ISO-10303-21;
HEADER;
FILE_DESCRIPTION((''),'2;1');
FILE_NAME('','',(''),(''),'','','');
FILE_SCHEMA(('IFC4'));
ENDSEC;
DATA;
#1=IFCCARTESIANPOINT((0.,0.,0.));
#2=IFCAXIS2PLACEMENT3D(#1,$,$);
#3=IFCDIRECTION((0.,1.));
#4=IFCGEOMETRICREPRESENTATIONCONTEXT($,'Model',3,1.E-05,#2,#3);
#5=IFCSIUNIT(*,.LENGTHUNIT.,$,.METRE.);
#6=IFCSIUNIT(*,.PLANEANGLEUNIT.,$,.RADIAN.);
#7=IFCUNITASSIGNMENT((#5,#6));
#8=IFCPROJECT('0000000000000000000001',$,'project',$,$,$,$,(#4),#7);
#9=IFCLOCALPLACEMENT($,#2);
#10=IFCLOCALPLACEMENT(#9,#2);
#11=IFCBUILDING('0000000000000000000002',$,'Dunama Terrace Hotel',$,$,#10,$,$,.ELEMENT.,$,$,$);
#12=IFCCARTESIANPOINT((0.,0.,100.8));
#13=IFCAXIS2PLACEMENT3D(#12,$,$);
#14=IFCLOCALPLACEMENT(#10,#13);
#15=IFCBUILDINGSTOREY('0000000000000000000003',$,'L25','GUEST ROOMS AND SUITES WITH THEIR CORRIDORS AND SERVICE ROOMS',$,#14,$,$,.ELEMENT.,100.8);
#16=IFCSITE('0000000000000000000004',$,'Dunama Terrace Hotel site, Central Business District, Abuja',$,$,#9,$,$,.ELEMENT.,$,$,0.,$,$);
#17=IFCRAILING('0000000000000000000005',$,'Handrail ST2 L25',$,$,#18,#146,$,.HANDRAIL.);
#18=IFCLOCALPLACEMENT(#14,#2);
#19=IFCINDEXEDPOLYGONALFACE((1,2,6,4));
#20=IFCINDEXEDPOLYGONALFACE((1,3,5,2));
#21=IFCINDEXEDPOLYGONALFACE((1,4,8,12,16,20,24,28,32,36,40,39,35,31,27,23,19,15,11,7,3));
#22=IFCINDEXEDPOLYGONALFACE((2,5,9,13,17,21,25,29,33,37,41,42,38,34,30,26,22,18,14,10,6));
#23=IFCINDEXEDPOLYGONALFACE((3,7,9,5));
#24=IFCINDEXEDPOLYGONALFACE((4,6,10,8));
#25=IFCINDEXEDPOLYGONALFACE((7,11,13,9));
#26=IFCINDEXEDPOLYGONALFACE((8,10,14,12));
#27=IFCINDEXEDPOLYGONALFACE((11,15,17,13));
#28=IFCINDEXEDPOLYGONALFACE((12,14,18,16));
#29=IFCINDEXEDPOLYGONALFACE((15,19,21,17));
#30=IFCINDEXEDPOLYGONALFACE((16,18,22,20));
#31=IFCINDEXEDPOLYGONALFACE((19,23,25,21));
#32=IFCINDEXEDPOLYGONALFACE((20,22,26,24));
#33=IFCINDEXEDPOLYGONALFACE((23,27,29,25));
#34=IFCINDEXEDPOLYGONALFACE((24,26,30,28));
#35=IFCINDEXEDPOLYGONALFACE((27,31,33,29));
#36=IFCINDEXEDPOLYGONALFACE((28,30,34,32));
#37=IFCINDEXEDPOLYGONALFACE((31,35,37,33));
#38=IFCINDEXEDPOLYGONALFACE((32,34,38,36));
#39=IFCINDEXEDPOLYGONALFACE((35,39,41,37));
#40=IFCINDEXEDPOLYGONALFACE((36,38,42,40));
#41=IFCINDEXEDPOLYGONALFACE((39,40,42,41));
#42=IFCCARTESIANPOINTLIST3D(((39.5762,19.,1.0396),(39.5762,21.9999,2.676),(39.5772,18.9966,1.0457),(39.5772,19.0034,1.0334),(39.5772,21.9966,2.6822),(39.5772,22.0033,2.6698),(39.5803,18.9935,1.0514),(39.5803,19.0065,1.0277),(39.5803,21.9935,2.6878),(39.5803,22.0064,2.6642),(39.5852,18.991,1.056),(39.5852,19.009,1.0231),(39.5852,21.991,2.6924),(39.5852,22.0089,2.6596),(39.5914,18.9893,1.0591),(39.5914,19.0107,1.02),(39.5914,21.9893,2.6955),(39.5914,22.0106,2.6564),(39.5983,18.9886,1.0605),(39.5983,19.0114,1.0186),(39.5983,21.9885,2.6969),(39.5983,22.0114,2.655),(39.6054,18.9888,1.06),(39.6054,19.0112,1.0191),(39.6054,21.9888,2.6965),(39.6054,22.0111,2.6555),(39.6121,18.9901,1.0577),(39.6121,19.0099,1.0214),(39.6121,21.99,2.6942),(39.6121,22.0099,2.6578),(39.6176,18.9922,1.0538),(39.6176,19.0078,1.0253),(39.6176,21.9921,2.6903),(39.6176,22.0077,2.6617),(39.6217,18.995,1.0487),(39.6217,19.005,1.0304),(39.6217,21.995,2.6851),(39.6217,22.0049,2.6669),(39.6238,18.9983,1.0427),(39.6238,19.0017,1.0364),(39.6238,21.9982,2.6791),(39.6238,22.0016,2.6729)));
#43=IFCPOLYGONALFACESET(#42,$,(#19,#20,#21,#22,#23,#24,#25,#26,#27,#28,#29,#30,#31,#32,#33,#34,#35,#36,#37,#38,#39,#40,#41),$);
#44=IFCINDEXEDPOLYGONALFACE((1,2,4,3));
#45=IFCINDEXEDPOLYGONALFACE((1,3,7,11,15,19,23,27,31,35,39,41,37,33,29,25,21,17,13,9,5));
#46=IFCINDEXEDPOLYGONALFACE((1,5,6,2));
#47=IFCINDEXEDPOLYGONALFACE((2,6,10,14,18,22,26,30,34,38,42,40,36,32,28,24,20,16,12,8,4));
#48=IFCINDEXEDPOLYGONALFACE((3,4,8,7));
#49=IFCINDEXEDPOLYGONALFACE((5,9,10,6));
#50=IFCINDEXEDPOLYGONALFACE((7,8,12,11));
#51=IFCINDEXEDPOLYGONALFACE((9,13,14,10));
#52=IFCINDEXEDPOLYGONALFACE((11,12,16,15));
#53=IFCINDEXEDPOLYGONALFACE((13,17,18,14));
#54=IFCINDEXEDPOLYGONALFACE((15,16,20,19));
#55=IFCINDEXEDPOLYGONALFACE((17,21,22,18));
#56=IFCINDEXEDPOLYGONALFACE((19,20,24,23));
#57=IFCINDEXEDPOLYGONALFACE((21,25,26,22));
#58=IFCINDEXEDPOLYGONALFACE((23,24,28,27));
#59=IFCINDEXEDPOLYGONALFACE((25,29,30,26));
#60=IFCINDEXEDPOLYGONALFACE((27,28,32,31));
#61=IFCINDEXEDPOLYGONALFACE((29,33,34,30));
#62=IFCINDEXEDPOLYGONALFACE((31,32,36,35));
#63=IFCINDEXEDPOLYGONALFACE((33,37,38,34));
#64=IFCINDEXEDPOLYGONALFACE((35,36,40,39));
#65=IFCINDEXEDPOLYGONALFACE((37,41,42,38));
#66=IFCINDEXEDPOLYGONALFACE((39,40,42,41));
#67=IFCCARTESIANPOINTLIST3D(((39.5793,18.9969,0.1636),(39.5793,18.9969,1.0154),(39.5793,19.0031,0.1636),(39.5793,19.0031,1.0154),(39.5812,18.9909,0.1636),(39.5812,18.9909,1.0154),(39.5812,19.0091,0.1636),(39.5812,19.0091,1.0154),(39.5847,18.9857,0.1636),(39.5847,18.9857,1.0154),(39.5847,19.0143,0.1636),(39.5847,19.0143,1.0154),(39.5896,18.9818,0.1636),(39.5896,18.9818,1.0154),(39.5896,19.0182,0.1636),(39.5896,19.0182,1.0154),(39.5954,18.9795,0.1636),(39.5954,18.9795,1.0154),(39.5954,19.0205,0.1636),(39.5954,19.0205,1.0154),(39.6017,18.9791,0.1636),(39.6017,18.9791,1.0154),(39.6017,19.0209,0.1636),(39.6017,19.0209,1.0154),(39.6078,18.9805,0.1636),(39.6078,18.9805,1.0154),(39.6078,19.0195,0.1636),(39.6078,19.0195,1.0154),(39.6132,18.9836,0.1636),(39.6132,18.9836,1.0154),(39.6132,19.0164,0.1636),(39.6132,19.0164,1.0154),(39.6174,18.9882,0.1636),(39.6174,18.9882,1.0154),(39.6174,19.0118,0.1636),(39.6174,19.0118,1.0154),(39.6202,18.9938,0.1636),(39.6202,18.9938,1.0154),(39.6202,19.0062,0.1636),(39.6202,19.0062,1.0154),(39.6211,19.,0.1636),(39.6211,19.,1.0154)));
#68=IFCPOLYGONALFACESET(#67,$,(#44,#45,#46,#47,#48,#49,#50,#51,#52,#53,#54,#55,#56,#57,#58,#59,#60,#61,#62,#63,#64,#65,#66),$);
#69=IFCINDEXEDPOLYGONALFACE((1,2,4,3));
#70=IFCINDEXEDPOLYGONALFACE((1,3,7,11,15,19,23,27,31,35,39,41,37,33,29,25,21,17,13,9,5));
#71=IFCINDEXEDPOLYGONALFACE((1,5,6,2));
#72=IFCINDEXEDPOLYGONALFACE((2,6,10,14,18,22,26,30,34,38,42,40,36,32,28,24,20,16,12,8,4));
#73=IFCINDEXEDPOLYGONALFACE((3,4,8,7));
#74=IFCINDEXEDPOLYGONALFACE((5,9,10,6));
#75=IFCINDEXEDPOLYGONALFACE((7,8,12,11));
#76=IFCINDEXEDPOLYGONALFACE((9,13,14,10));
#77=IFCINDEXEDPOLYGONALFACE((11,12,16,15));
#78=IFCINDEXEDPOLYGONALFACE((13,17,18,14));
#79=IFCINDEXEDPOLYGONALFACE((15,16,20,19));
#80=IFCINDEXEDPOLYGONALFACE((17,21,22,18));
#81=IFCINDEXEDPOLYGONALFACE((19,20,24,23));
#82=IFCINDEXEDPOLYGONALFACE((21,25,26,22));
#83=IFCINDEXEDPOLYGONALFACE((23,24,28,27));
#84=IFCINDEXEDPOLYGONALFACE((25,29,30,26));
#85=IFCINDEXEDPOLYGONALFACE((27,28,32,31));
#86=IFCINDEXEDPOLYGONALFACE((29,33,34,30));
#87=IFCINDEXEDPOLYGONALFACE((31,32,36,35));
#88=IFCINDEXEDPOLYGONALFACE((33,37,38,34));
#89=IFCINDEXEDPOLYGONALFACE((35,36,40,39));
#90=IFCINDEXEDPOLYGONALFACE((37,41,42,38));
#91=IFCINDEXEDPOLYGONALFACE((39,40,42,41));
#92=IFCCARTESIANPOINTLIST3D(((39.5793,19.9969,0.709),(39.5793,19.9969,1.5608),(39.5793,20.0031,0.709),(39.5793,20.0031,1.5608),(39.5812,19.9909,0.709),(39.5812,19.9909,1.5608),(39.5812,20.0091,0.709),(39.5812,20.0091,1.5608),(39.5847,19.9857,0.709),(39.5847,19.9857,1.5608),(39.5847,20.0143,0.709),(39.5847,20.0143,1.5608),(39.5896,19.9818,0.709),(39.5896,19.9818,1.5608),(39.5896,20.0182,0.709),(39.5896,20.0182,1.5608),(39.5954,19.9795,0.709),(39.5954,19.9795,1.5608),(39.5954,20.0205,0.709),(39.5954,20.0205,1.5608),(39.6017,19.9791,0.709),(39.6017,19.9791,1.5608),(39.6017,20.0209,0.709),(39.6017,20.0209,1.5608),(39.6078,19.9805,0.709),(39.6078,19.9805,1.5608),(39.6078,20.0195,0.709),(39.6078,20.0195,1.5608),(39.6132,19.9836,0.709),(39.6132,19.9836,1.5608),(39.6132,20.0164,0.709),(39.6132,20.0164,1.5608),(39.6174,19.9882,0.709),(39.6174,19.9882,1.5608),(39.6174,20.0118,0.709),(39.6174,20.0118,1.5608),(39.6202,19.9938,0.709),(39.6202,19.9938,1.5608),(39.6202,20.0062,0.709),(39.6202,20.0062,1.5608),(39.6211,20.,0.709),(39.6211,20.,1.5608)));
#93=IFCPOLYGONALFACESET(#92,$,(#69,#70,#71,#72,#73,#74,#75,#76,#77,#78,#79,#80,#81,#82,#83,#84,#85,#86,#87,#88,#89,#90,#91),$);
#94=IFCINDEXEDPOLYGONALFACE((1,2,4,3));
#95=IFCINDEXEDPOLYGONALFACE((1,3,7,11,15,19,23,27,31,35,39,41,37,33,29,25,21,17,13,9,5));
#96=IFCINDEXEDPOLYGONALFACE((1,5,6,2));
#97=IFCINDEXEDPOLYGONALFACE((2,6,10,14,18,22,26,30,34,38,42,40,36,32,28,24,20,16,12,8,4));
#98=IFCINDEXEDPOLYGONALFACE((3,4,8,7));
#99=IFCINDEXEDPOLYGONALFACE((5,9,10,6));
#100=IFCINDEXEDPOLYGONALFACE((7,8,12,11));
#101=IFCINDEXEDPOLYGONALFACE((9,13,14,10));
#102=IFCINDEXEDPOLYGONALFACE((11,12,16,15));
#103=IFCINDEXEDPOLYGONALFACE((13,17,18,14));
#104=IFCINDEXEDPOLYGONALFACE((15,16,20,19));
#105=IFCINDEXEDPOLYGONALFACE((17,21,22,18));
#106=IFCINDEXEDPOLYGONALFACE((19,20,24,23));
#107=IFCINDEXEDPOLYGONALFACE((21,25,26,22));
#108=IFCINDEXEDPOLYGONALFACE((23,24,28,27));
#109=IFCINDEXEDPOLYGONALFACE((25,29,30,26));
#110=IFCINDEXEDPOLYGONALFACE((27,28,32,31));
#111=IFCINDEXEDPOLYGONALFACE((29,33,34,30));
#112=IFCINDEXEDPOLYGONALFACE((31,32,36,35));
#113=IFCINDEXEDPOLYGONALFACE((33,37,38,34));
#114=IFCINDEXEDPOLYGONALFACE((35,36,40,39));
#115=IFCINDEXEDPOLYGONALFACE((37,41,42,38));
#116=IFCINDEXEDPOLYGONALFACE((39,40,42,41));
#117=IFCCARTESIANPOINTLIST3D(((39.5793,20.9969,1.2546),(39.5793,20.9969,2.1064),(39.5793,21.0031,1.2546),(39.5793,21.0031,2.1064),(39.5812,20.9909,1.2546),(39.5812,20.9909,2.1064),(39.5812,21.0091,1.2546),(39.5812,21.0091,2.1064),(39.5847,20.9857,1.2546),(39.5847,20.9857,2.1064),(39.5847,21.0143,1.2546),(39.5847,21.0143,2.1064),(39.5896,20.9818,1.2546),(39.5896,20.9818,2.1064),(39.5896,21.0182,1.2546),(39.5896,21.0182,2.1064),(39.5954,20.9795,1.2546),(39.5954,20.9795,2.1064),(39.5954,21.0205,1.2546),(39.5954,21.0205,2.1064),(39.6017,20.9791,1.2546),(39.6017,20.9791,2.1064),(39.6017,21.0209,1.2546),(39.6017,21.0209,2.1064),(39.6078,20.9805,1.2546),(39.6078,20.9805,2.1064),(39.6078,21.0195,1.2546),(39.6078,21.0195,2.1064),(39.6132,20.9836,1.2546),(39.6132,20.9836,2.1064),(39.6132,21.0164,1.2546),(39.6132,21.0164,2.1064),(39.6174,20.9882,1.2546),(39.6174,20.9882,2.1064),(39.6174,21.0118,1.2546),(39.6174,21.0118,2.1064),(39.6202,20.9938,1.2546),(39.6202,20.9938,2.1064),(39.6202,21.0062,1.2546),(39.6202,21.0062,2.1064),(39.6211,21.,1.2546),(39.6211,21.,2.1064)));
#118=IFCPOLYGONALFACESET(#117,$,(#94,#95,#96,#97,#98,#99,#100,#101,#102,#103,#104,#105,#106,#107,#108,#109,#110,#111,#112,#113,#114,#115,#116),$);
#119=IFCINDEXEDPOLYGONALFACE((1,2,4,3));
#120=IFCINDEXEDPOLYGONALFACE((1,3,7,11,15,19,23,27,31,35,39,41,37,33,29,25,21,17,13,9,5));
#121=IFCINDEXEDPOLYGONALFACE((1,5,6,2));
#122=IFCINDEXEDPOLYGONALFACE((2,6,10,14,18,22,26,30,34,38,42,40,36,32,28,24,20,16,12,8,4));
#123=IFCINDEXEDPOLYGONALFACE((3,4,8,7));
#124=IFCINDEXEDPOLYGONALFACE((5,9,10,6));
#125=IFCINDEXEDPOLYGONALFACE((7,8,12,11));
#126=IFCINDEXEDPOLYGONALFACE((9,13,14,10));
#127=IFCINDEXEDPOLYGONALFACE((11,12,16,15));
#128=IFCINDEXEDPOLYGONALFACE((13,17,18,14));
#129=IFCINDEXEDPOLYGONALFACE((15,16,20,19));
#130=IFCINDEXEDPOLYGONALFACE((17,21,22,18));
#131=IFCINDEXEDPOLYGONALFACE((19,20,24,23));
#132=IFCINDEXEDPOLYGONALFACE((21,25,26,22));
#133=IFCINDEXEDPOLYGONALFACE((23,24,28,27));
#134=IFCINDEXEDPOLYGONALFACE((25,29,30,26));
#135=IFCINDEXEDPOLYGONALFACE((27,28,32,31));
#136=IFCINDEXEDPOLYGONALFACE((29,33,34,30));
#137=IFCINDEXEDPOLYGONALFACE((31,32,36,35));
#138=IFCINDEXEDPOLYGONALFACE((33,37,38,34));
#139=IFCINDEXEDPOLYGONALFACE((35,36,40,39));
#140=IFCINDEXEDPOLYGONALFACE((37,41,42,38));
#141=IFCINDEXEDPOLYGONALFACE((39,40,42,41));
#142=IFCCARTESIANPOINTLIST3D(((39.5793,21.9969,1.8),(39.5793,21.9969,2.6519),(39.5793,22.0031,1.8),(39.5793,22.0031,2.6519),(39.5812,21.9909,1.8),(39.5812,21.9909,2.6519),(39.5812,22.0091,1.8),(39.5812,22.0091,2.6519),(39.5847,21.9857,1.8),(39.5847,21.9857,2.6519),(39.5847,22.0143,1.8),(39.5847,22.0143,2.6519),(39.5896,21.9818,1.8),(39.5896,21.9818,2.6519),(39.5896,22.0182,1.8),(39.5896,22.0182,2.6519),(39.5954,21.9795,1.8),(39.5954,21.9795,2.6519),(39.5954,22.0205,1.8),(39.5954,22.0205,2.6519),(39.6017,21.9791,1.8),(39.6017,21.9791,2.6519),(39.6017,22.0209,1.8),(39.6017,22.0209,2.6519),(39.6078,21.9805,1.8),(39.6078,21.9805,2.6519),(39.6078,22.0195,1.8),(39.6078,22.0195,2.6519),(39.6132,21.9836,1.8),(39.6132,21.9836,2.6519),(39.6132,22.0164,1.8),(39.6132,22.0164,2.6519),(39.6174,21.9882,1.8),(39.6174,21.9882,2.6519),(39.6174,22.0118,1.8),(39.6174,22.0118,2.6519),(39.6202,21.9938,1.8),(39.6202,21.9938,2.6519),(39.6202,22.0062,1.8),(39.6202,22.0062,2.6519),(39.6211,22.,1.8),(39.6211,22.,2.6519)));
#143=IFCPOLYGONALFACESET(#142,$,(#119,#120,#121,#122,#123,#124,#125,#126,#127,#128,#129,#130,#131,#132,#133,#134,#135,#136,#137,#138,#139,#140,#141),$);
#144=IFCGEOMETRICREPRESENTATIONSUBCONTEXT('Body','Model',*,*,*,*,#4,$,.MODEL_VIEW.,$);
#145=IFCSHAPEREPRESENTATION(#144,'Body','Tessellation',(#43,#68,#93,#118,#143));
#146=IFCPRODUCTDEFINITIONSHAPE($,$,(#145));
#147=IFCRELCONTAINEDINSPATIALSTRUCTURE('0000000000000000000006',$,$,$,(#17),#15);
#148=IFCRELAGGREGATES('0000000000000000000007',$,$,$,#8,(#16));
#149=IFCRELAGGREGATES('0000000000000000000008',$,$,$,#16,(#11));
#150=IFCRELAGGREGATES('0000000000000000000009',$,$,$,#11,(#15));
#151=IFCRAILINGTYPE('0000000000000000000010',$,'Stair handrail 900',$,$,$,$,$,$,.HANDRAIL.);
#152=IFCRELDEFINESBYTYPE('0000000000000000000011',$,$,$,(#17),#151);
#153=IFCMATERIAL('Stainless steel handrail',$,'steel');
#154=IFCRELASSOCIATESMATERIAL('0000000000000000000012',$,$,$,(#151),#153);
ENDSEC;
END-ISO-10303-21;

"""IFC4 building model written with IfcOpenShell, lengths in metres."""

from ifc_helpers import new_model, si_unit, direction, frame, origin, origin_2d, place, context, subcontext, project, spatial, circle, extrude, material, type_object, element, save


model = new_model("IFC4")

# Units and contexts
model_context = context("Model", 3, precision=1e-05, world=origin(), true_north=direction((0.0, 1.0)))
body_context = subcontext(model_context, "Body", "Model", "MODEL_VIEW")
ifc_project = project(units=[si_unit("LENGTHUNIT", "METRE"), si_unit("PLANEANGLEUNIT", "RADIAN")], contexts=[model_context])

# Site, building, storey
site_placement = place(None, origin())
site = spatial("IfcSite", under=ifc_project, at=site_placement, Name="Dunama Terrace Hotel site, Central Business District, Abuja", CompositionType="ELEMENT", RefElevation=0.0)
building_placement = place(site_placement, origin())
building = spatial("IfcBuilding", under=site, at=building_placement, Name="Dunama Terrace Hotel", CompositionType="ELEMENT")
storey_placement = place(building_placement, frame((0.0, 0.0, 100.8)))
storey = spatial("IfcBuildingStorey", under=building, at=storey_placement, Name="L25", Description="GUEST ROOMS AND SUITES WITH THEIR CORRIDORS AND SERVICE ROOMS", CompositionType="ELEMENT", Elevation=100.8)

# Railing
ifc_material_1 = material(Name="Stainless steel handrail", Category="steel")
railing_type = type_object("IfcRailingType", Name="Stair handrail 900", PredefinedType="HANDRAIL", material=ifc_material_1)
railing_1_placement = place(storey_placement, frame((39.6001, 19.0, 0.1636)))
element("IfcRailing", 1, at=railing_1_placement, inside=storey, type_object=railing_type, Name="Handrail ST2 L25", PredefinedType="HANDRAIL", context=body_context, shape_type="SweptSolid", body=[
    extrude(circle(Radius=0.0239, at=origin_2d()), frame((0.0, 0.0, 0.876), z_axis=(0.0, 0.877882, 0.478877), x_axis=(-1.0, 0.0, 0.0)), (0.0, 0.0, 1.0), 3.4172),
    extrude(circle(Radius=0.021, at=origin_2d()), origin(), (0.0, 0.0, 1.0), 0.8518),
    extrude(circle(Radius=0.021, at=origin_2d()), frame((0.0, 1.0, 0.5454)), (0.0, 0.0, 1.0), 0.8518),
    extrude(circle(Radius=0.021, at=origin_2d()), frame((0.0, 2.0, 1.0911)), (0.0, 0.0, 1.0), 0.8518),
    extrude(circle(Radius=0.021, at=origin_2d()), frame((0.0, 3.0, 1.6365)), (0.0, 0.0, 1.0), 0.8518),
])

save(model, "model.ifc")
